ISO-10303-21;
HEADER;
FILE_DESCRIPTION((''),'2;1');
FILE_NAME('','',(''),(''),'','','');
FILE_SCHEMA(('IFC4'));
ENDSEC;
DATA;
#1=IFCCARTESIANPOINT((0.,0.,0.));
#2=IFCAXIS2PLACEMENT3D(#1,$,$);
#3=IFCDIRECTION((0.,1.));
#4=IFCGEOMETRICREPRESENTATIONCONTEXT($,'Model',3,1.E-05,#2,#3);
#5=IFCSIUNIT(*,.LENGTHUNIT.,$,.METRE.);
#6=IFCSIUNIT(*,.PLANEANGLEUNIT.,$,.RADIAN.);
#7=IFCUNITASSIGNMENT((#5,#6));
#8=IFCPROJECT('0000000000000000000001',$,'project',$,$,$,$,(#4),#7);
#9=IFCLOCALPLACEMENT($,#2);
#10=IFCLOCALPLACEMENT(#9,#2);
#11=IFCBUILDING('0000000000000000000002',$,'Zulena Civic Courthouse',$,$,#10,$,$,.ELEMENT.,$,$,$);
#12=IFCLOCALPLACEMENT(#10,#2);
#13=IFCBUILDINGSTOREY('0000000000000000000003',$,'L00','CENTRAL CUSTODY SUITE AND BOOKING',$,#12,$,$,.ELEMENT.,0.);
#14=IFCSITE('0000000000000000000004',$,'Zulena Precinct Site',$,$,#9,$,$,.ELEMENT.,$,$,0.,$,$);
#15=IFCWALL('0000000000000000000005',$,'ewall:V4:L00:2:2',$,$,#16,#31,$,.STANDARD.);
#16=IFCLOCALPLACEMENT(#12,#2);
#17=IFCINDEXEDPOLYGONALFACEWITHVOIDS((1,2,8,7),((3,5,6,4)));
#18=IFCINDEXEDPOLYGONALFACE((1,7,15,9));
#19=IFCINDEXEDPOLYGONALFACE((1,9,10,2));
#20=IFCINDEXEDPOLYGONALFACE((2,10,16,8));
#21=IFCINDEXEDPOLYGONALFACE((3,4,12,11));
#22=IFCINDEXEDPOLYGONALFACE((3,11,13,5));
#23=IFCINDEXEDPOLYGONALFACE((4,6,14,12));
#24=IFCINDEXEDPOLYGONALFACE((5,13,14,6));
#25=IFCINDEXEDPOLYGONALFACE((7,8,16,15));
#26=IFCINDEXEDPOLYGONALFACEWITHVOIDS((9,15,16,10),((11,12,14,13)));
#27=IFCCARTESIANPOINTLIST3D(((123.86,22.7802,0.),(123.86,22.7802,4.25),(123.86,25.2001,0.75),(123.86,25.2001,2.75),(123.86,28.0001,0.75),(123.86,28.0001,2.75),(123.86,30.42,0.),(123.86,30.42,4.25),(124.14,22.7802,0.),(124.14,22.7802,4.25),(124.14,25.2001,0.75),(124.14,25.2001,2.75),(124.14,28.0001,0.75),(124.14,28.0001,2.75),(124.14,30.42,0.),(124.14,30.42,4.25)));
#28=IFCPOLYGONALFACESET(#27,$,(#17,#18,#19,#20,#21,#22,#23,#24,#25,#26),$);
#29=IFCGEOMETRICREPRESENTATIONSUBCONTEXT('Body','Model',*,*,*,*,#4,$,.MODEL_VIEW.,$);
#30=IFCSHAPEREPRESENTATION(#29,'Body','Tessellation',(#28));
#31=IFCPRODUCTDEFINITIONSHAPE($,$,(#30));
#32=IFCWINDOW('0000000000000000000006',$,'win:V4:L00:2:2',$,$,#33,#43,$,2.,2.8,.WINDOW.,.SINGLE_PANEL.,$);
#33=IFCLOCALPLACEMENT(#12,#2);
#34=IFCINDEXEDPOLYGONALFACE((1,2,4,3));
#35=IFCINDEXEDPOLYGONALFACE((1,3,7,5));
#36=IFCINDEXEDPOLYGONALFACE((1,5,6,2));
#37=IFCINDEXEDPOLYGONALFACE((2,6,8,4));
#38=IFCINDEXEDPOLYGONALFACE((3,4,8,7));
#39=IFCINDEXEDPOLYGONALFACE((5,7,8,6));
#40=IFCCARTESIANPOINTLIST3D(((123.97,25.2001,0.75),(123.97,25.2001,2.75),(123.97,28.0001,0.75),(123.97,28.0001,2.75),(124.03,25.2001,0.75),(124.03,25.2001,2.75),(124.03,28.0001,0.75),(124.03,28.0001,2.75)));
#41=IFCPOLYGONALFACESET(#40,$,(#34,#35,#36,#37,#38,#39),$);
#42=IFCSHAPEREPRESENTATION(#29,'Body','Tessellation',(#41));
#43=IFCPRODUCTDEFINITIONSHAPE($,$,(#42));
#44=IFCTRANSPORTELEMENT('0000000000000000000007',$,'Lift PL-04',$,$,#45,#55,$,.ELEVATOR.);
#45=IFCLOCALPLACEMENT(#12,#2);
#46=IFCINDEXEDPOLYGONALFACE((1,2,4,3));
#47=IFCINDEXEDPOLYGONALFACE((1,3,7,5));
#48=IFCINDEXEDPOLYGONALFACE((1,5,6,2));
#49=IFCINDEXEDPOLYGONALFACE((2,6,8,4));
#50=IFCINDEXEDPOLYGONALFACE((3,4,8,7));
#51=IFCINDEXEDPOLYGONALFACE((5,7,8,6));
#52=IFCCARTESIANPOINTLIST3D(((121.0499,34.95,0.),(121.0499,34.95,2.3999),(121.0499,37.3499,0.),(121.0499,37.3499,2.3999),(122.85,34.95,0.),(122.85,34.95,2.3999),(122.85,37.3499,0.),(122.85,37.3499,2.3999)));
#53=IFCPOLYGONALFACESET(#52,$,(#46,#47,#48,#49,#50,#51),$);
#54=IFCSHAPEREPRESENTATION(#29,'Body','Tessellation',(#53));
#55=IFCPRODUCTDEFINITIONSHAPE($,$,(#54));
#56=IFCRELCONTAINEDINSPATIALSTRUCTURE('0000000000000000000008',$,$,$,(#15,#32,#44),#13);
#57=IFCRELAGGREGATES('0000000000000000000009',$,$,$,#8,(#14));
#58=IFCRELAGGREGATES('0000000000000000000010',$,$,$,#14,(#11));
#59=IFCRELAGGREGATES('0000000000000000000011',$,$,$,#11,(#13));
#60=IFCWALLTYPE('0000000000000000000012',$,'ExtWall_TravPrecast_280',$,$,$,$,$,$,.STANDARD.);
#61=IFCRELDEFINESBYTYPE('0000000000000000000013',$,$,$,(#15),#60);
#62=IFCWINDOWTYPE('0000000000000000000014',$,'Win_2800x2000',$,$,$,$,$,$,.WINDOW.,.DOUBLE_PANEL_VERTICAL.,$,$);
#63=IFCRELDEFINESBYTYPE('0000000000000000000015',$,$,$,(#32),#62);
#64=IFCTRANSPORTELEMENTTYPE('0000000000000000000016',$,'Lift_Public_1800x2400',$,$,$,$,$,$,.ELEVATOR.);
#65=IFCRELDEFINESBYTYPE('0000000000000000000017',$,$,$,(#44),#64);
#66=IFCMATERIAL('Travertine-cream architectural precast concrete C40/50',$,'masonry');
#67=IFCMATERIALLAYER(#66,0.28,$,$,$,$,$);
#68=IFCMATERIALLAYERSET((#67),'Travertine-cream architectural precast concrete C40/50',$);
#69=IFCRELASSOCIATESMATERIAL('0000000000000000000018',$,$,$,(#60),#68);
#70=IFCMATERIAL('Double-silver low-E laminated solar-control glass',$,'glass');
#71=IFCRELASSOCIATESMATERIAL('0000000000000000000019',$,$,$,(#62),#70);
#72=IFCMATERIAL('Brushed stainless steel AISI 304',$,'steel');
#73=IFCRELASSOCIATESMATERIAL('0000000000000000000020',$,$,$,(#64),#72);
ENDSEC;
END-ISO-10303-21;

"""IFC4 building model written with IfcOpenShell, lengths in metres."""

from ifc_helpers import new_model, si_unit, direction, frame, frame_2d, origin, origin_2d, place, context, subcontext, project, spatial, rectangle, extrude, material, layer, layer_set, type_object, element, fill, save


model = new_model("IFC4")

# Units and contexts
model_context = context("Model", 3, precision=1e-05, world=origin(), true_north=direction((0.0, 1.0)))
body_context = subcontext(model_context, "Body", "Model", "MODEL_VIEW")
ifc_project = project(units=[si_unit("LENGTHUNIT", "METRE"), si_unit("PLANEANGLEUNIT", "RADIAN")], contexts=[model_context])

# Site, building, storey
site_placement = place(None, origin())
site = spatial("IfcSite", under=ifc_project, at=site_placement, Name="Zulena Precinct Site", CompositionType="ELEMENT", RefElevation=0.0)
building_placement = place(site_placement, origin())
building = spatial("IfcBuilding", under=site, at=building_placement, Name="Zulena Civic Courthouse", CompositionType="ELEMENT")
storey_placement = place(building_placement, origin())
storey = spatial("IfcBuildingStorey", under=building, at=storey_placement, Name="L00", Description="CENTRAL CUSTODY SUITE AND BOOKING", CompositionType="ELEMENT", Elevation=0.0)

# Wall, opening, window
ifc_material_1 = material(Name="Travertine-cream architectural precast concrete C40/50", Category="masonry")
ifc_layer_1 = layer(ifc_material_1, 0.28)
ifc_layer_set_1 = layer_set([ifc_layer_1], Name="Travertine-cream architectural precast concrete C40/50")
wall_type_1 = type_object("IfcWallType", Name="ExtWall_TravPrecast_280", PredefinedType="STANDARD", material=ifc_layer_set_1)
wall_1_placement = place(storey_placement, frame((124.0, 30.4199, 0.0), z_axis=(0.0, 0.0, 1.0), x_axis=(0.0, -1.0, 0.0)))
wall_1 = element("IfcWall", 1, at=wall_1_placement, inside=storey, type_object=wall_type_1, Name="ewall:V4:L00:2:2", PredefinedType="STANDARD", context=body_context, shape_type="SweptSolid", body=[
    extrude(rectangle(XDim=7.6399, YDim=0.28, at=frame_2d((3.8198, 0.0))), origin(), (0.0, 0.0, 1.0), 4.25),
])
opening_1_placement = place(wall_1_placement, frame((2.4199, 0.0, 0.75)))
opening_1 = element("IfcOpeningElement", 2, at=opening_1_placement, cuts=wall_1, PredefinedType="OPENING", context=body_context, shape_type="SweptSolid", body=[
    extrude(rectangle(XDim=2.8, YDim=2.0, at=frame_2d((1.3999, 1.0))), frame((0.0, 0.1499, 0.0), z_axis=(0.0, -1.0, 0.0), x_axis=(1.0, 0.0, 0.0)), (0.0, 0.0, 1.0), 0.3),
])
ifc_material_2 = material(Name="Double-silver low-E laminated solar-control glass", Category="glass")
window_type = type_object("IfcWindowType", Name="Win_2800x2000", PartitioningType="DOUBLE_PANEL_VERTICAL", PredefinedType="WINDOW", material=ifc_material_2)
window_placement = place(opening_1_placement, origin())
window = element("IfcWindow", 3, at=window_placement, inside=storey, type_object=window_type, Name="win:V4:L00:2:2", OverallHeight=2.0, OverallWidth=2.8, PartitioningType="SINGLE_PANEL", PredefinedType="WINDOW", context=body_context, shape_type="SweptSolid", body=[
    extrude(rectangle(XDim=2.8, YDim=2.0, at=frame_2d((1.3999, 1.0))), frame((0.0, 0.03, 0.0), z_axis=(0.0, -1.0, 0.0), x_axis=(1.0, 0.0, 0.0)), (0.0, 0.0, 1.0), 0.0601),
])
fill(opening_1, window)

# Transport element
ifc_material_3 = material(Name="Brushed stainless steel AISI 304", Category="steel")
transport_element_type = type_object("IfcTransportElementType", Name="Lift_Public_1800x2400", PredefinedType="ELEVATOR", material=ifc_material_3)
transport_element_placement = place(storey_placement, frame((121.95, 36.1499, 0.0), z_axis=(0.0, 0.0, 1.0), x_axis=(1.0, 0.0, 0.0)))
element("IfcTransportElement", 4, at=transport_element_placement, inside=storey, type_object=transport_element_type, Name="Lift PL-04", PredefinedType="ELEVATOR", context=body_context, shape_type="SweptSolid", body=[
    extrude(rectangle(XDim=1.8, YDim=2.3999, at=origin_2d()), origin(), (0.0, 0.0, 1.0), 2.3999),
])

save(model, "model.ifc")
